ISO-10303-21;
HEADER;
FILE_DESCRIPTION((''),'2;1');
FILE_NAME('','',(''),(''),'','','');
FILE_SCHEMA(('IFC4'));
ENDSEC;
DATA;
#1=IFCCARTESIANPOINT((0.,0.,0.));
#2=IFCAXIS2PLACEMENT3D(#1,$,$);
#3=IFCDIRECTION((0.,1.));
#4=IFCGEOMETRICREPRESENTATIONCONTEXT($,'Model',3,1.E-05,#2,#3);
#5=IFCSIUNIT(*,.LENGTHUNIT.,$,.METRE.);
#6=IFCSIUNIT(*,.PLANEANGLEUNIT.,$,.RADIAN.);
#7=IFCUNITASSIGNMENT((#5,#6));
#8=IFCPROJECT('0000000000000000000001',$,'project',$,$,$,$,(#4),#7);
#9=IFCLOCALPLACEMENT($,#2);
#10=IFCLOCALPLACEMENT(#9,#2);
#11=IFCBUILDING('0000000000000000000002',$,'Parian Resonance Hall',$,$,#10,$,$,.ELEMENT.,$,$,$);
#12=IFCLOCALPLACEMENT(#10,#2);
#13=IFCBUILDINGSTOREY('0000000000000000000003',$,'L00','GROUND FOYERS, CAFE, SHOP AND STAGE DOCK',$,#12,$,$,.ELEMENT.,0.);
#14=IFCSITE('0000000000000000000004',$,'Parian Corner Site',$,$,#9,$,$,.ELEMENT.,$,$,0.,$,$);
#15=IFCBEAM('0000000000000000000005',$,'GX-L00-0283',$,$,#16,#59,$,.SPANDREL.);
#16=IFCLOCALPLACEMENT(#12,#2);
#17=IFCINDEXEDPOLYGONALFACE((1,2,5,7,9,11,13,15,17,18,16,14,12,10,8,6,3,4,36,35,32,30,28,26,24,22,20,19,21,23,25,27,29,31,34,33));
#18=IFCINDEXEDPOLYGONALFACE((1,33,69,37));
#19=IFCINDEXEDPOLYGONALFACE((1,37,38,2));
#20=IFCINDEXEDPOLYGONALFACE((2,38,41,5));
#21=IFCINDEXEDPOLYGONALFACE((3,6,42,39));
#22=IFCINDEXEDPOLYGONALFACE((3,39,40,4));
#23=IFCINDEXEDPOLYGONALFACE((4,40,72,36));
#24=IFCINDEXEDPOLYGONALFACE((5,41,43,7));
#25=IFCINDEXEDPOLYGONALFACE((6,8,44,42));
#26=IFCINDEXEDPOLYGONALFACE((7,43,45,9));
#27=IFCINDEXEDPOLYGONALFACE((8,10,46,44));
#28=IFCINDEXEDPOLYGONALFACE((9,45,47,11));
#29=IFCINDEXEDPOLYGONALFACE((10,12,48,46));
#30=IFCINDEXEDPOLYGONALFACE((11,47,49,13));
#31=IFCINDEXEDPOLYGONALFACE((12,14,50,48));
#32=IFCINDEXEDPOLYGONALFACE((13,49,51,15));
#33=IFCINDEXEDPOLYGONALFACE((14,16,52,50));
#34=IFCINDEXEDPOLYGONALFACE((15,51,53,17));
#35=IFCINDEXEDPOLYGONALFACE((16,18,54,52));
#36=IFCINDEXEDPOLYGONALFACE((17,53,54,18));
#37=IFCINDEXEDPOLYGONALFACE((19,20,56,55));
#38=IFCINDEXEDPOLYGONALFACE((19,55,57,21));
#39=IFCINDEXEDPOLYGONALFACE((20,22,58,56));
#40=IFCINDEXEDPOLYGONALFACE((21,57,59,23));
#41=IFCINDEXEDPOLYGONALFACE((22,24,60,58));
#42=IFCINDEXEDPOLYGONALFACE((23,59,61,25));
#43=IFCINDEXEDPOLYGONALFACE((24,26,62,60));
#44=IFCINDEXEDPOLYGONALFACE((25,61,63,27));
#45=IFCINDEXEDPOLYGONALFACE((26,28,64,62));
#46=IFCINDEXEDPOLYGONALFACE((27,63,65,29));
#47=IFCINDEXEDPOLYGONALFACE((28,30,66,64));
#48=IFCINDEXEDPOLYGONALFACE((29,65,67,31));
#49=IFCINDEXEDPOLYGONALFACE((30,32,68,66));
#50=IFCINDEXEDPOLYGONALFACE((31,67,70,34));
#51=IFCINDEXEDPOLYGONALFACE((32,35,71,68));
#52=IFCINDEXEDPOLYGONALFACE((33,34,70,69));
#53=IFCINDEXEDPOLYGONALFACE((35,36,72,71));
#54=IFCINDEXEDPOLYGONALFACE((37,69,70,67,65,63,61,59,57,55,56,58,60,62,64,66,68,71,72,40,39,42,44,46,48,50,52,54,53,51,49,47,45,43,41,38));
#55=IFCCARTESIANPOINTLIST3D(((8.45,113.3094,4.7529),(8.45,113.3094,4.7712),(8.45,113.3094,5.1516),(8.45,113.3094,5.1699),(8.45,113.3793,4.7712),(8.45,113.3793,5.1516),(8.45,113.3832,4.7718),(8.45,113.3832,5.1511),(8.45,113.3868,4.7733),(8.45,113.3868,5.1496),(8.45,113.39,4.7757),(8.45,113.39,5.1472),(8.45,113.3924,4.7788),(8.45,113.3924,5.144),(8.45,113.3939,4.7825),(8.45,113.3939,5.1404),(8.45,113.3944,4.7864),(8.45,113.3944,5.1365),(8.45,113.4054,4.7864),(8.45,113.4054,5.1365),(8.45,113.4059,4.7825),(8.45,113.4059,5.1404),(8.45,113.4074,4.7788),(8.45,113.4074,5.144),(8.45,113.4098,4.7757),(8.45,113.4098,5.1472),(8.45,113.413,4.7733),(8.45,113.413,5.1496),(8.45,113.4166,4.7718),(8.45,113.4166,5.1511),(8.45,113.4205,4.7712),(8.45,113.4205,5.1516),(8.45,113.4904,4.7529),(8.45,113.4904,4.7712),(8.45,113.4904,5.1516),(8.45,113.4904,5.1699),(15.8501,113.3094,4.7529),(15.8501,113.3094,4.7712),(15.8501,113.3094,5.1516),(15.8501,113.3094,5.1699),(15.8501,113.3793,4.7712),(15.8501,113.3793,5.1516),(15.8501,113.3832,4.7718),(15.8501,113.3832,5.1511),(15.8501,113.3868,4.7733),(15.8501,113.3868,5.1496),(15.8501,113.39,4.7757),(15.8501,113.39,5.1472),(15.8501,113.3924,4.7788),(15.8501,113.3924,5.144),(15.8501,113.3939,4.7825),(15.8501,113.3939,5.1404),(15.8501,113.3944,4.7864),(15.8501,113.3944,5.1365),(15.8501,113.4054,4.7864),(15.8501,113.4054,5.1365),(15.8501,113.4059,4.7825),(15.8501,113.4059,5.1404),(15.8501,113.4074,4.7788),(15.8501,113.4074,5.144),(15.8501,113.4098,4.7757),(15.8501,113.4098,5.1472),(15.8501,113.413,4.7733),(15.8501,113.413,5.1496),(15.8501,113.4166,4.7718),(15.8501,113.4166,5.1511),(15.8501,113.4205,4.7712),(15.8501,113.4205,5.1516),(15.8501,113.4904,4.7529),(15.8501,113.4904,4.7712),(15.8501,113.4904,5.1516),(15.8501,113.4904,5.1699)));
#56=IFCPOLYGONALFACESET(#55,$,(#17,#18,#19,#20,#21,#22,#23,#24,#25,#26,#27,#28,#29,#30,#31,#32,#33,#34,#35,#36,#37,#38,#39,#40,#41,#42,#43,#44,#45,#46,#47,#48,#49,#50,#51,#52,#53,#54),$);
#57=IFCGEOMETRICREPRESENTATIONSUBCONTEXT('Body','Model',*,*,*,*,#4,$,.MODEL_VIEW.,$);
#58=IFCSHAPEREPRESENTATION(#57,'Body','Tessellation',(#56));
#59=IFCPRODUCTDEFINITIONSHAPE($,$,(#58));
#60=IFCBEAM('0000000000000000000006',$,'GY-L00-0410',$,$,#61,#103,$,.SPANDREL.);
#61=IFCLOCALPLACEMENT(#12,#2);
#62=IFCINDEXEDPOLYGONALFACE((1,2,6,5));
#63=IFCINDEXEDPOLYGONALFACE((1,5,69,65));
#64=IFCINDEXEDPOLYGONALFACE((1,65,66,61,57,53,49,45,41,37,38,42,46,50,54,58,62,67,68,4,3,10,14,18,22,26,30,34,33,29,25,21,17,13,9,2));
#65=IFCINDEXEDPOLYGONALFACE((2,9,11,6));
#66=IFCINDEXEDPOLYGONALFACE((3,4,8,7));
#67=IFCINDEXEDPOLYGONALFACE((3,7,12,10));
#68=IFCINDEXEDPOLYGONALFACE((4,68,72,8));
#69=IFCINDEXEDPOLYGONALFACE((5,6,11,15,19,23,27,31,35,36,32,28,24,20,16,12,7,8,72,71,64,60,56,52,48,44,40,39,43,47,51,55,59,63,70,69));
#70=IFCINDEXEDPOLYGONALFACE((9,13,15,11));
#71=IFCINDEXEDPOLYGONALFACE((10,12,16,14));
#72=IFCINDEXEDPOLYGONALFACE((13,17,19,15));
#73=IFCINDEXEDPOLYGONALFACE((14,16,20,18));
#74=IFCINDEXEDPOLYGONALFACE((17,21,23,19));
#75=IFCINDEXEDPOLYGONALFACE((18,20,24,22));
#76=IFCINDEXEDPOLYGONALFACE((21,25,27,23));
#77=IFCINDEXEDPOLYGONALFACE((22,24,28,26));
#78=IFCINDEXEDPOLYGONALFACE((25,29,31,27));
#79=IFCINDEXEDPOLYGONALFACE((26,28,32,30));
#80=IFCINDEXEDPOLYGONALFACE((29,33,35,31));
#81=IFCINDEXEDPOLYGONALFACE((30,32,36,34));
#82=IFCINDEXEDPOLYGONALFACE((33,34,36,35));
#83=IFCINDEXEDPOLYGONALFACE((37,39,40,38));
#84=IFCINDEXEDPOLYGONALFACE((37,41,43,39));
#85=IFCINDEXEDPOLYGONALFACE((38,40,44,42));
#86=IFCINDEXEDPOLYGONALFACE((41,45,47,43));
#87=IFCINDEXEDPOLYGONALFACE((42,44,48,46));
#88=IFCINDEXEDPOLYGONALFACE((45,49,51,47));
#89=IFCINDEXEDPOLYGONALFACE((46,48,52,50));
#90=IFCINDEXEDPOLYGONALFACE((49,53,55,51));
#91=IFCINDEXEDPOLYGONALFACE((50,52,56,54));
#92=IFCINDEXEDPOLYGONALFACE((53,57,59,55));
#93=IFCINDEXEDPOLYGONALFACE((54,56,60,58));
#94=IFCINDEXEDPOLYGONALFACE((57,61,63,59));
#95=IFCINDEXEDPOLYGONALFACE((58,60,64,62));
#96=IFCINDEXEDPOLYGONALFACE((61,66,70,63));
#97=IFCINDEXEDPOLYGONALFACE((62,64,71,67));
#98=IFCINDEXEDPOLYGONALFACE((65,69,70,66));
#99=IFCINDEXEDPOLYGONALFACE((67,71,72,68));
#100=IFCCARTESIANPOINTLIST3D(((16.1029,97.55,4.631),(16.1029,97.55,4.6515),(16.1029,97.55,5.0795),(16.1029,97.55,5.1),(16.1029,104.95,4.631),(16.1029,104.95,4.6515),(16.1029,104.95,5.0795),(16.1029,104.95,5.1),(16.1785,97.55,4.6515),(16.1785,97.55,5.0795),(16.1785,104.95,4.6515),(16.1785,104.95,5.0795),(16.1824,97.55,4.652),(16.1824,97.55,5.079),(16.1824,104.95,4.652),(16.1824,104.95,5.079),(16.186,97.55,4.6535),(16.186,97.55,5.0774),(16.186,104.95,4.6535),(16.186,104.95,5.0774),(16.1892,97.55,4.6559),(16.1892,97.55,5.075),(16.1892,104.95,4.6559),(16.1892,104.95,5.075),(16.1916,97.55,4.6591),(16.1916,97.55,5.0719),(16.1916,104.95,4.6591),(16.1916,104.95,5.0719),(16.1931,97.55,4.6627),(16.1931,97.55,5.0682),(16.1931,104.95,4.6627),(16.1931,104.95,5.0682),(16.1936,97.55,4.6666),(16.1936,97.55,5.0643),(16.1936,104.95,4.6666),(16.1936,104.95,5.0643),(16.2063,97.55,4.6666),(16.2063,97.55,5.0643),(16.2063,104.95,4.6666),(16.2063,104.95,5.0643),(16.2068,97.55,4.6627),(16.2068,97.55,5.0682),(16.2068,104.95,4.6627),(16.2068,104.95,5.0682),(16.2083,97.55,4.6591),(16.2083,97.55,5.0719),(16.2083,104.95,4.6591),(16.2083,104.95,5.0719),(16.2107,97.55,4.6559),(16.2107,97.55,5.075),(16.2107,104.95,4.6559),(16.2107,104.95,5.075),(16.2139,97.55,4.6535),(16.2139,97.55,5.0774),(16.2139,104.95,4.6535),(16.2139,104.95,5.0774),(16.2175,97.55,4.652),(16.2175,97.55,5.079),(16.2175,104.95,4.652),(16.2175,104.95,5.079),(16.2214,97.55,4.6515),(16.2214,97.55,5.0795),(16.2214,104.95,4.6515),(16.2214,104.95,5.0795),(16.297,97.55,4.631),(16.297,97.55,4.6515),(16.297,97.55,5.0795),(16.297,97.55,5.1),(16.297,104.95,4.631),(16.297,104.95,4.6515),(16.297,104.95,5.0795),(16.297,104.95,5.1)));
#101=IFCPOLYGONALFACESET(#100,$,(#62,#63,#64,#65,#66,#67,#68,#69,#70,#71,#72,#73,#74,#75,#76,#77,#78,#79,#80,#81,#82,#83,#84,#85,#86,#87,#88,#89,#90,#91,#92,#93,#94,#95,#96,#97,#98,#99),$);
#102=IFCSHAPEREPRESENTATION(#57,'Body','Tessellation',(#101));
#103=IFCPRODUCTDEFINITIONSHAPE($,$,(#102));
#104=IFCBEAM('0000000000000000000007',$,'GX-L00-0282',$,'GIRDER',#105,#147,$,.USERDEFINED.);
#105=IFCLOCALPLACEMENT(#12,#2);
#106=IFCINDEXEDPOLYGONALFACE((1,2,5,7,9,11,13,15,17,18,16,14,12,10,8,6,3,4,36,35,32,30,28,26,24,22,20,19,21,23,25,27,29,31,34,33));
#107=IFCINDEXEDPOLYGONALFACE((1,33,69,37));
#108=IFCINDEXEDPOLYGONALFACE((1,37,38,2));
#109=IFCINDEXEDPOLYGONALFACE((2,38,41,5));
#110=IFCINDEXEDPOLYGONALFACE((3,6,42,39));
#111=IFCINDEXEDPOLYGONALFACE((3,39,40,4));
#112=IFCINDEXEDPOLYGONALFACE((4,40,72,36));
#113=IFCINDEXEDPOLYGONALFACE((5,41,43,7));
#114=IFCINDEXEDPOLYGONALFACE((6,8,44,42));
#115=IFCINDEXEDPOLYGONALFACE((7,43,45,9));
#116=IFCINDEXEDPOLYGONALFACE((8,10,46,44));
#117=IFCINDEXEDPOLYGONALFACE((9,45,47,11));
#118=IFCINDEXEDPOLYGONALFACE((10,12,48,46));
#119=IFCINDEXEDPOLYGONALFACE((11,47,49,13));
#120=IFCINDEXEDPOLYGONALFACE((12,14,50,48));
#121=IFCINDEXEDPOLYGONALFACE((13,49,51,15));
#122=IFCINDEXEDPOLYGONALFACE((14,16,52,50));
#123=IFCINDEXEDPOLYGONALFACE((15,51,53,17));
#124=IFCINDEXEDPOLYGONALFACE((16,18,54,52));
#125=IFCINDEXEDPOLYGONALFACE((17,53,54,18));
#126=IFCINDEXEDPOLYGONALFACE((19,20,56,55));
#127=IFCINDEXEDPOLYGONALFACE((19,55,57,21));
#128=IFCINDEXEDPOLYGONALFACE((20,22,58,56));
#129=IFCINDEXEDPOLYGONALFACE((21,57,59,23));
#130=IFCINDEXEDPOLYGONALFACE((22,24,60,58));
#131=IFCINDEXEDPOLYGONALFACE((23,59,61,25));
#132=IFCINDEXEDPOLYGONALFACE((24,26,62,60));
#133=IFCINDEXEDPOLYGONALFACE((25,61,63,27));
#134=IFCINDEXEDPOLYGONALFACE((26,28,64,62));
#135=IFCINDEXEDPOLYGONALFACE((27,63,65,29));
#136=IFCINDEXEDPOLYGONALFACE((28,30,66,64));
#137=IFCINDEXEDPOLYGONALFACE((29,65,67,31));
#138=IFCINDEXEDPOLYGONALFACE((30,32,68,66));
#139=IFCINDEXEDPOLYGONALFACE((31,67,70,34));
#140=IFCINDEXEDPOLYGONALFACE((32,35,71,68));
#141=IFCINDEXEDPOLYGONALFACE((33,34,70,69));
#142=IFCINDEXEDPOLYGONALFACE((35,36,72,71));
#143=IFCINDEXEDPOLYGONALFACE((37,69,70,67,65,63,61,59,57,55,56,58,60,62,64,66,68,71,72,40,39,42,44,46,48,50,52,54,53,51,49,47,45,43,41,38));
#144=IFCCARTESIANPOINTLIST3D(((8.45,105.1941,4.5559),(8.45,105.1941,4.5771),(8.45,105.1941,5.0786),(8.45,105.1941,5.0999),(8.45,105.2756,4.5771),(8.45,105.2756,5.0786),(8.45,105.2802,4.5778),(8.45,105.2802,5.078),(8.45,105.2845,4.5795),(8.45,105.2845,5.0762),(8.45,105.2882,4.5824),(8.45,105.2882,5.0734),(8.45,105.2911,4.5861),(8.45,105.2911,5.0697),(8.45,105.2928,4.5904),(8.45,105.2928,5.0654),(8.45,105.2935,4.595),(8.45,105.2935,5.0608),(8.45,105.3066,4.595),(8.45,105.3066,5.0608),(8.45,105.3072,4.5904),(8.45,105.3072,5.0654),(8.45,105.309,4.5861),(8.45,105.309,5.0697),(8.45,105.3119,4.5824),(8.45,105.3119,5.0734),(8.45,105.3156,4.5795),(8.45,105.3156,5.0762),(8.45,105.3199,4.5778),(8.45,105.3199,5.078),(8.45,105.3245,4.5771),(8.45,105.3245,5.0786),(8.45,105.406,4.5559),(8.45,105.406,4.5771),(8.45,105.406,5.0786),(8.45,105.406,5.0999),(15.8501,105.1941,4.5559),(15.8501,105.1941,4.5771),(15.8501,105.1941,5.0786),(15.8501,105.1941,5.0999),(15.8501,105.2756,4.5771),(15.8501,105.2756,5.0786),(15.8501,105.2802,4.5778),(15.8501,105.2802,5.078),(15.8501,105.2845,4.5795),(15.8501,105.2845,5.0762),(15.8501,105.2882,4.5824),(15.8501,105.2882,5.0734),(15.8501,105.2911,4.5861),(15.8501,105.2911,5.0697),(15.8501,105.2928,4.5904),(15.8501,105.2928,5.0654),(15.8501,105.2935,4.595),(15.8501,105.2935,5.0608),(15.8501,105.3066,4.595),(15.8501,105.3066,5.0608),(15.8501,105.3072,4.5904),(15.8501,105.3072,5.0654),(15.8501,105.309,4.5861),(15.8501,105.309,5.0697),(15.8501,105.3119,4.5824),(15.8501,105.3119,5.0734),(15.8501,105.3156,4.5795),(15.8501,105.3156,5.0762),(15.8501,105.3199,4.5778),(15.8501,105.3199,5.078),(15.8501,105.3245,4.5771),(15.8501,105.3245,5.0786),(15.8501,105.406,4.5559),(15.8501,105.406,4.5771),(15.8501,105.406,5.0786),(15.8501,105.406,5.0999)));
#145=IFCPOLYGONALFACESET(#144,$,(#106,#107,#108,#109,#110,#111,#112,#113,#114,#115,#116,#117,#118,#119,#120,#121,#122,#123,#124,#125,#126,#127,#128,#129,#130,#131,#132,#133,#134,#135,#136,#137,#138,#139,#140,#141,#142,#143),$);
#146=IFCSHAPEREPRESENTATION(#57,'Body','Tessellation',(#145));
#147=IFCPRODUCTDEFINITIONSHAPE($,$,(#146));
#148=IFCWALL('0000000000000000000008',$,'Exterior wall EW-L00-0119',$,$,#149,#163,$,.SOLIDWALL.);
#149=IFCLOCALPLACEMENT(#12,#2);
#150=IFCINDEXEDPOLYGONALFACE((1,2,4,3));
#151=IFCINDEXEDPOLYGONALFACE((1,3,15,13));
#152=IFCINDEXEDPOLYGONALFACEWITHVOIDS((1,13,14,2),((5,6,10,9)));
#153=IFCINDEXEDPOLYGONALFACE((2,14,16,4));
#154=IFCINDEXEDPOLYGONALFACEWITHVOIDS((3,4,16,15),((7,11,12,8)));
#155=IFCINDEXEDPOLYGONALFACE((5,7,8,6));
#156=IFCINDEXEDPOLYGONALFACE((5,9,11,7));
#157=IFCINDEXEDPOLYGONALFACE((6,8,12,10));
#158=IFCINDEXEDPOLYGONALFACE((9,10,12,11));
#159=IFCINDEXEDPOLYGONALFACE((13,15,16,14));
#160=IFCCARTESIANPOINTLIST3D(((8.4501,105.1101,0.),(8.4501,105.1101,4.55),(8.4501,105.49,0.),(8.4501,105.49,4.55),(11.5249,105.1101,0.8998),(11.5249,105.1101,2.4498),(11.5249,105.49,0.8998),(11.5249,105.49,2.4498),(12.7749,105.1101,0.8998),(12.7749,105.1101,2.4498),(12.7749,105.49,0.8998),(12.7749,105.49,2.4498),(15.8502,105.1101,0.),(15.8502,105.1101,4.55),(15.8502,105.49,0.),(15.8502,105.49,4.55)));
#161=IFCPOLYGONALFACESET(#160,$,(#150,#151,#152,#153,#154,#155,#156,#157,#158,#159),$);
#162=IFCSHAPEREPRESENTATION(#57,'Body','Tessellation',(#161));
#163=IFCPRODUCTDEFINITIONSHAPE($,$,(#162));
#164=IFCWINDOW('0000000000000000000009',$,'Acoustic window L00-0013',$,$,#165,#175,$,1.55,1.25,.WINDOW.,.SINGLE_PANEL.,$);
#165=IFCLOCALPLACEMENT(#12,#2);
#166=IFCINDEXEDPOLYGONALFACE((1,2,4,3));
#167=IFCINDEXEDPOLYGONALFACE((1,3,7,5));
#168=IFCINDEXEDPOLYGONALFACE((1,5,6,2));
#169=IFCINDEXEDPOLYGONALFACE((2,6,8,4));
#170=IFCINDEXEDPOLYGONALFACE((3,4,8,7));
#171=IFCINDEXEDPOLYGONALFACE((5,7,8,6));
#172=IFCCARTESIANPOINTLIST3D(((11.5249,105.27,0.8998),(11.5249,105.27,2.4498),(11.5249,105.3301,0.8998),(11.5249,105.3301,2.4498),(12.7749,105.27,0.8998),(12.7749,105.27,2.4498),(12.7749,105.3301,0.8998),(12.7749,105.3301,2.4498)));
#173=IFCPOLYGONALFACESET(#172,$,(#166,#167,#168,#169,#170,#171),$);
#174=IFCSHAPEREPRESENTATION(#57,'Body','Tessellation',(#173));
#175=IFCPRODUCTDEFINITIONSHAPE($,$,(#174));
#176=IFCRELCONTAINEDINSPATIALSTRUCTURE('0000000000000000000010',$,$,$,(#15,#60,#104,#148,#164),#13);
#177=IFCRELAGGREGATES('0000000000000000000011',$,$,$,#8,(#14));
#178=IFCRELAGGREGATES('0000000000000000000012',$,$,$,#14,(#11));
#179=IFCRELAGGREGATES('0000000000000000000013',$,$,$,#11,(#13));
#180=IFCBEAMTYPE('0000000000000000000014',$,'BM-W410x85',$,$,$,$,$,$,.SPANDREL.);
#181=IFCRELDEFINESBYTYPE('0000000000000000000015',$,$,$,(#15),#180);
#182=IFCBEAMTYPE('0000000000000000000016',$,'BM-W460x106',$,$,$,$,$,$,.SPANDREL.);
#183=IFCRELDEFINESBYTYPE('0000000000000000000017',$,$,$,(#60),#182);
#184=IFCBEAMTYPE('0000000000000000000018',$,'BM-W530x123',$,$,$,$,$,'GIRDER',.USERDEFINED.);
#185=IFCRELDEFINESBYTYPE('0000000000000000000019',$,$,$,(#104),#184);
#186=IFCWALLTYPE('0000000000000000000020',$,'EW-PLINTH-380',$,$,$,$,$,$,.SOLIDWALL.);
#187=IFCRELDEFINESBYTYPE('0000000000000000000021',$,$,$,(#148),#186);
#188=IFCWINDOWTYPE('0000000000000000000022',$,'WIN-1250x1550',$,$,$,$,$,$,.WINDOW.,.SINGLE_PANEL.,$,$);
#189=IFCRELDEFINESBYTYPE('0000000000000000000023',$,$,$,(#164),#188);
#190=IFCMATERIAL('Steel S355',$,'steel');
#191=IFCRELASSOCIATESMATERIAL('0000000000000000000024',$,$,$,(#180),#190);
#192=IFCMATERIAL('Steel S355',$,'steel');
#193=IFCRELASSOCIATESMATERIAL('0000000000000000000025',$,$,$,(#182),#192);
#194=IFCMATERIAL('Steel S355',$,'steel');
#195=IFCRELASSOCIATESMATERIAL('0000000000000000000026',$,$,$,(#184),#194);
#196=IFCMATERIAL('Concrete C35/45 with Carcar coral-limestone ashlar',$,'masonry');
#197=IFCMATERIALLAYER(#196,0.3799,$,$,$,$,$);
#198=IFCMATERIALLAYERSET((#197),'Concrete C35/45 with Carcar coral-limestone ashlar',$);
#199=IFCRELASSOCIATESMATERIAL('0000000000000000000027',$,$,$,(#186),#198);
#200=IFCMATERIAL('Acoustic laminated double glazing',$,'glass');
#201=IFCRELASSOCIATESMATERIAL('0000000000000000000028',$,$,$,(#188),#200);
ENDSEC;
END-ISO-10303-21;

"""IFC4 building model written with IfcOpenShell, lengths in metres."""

from ifc_helpers import new_model, si_unit, direction, frame, frame_2d, origin, origin_2d, place, context, subcontext, project, spatial, rectangle, i_section, extrude, material, layer, layer_set, material_profile, profile_set, type_object, element, fill, save


model = new_model("IFC4")

# Units and contexts
model_context = context("Model", 3, precision=1e-05, world=origin(), true_north=direction((0.0, 1.0)))
body_context = subcontext(model_context, "Body", "Model", "MODEL_VIEW")
ifc_project = project(units=[si_unit("LENGTHUNIT", "METRE"), si_unit("PLANEANGLEUNIT", "RADIAN")], contexts=[model_context])

# Site, building, storey
site_placement = place(None, origin())
site = spatial("IfcSite", under=ifc_project, at=site_placement, Name="Parian Corner Site", CompositionType="ELEMENT", RefElevation=0.0)
building_placement = place(site_placement, origin())
building = spatial("IfcBuilding", under=site, at=building_placement, Name="Parian Resonance Hall", CompositionType="ELEMENT")
storey_placement = place(building_placement, origin())
storey = spatial("IfcBuildingStorey", under=building, at=storey_placement, Name="L00", Description="GROUND FOYERS, CAFE, SHOP AND STAGE DOCK", CompositionType="ELEMENT", Elevation=0.0)

# Beams
ifc_material_1 = material(Name="Steel S355", Category="steel")
ifc_material_profile_1 = material_profile(ifc_material_1, i_section(OverallWidth=0.1809, OverallDepth=0.417, WebThickness=0.011, FlangeThickness=0.0183, FilletRadius=0.0151, at=origin_2d()), Name="W410x85")
ifc_profile_set_1 = profile_set([ifc_material_profile_1], Name="Steel S355")
beam_type_1 = type_object("IfcBeamType", Name="BM-W410x85", PredefinedType="SPANDREL", material=ifc_profile_set_1)
beam_1_placement = place(storey_placement, frame((8.45, 113.3999, 4.9614), z_axis=(1.0, 0.0, 0.0), x_axis=(0.0, 1.0, 0.0)))
element("IfcBeam", 1, at=beam_1_placement, inside=storey, type_object=beam_type_1, Name="GX-L00-0283", PredefinedType="SPANDREL", context=body_context, shape_type="SweptSolid", body=[
    extrude(i_section(OverallWidth=0.1809, OverallDepth=0.417, WebThickness=0.011, FlangeThickness=0.0183, FilletRadius=0.0151, at=origin_2d()), origin(), (0.0, 0.0, 1.0), 7.4001),
])
ifc_material_2 = material(Name="Steel S355", Category="steel")
ifc_material_profile_2 = material_profile(ifc_material_2, i_section(OverallWidth=0.1941, OverallDepth=0.469, WebThickness=0.0127, FlangeThickness=0.0205, FilletRadius=0.0151, at=origin_2d()), Name="W460x106")
ifc_profile_set_2 = profile_set([ifc_material_profile_2], Name="Steel S355")
beam_type_2 = type_object("IfcBeamType", Name="BM-W460x106", PredefinedType="SPANDREL", material=ifc_profile_set_2)
beam_2_placement = place(storey_placement, frame((16.2, 97.55, 4.8655), z_axis=(0.0, 1.0, 0.0), x_axis=(-1.0, 0.0, 0.0)))
element("IfcBeam", 2, at=beam_2_placement, inside=storey, type_object=beam_type_2, Name="GY-L00-0410", PredefinedType="SPANDREL", context=body_context, shape_type="SweptSolid", body=[
    extrude(i_section(OverallWidth=0.1941, OverallDepth=0.469, WebThickness=0.0127, FlangeThickness=0.0205, FilletRadius=0.0151, at=origin_2d()), origin(), (0.0, 0.0, 1.0), 7.3999),
])
ifc_material_3 = material(Name="Steel S355", Category="steel")
ifc_material_profile_3 = material_profile(ifc_material_3, i_section(OverallWidth=0.2119, OverallDepth=0.5439, WebThickness=0.0132, FlangeThickness=0.0212, FilletRadius=0.0178, at=origin_2d()), Name="W530x123")
ifc_profile_set_3 = profile_set([ifc_material_profile_3], Name="Steel S355")
beam_type_3 = type_object("IfcBeamType", Name="BM-W530x123", ElementType="GIRDER", PredefinedType="USERDEFINED", material=ifc_profile_set_3)
beam_3_placement = place(storey_placement, frame((8.45, 105.3, 4.8279), z_axis=(1.0, 0.0, 0.0), x_axis=(0.0, 1.0, 0.0)))
element("IfcBeam", 3, at=beam_3_placement, inside=storey, type_object=beam_type_3, Name="GX-L00-0282", ObjectType="GIRDER", PredefinedType="USERDEFINED", context=body_context, shape_type="SweptSolid", body=[
    extrude(i_section(OverallWidth=0.2119, OverallDepth=0.5439, WebThickness=0.0132, FlangeThickness=0.0212, FilletRadius=0.0178, at=origin_2d()), origin(), (0.0, 0.0, 1.0), 7.4001),
])

# Wall, opening, window
ifc_material_4 = material(Name="Concrete C35/45 with Carcar coral-limestone ashlar", Category="masonry")
ifc_layer_1 = layer(ifc_material_4, 0.3799)
ifc_layer_set_1 = layer_set([ifc_layer_1], Name="Concrete C35/45 with Carcar coral-limestone ashlar")
wall_type_1 = type_object("IfcWallType", Name="EW-PLINTH-380", PredefinedType="SOLIDWALL", material=ifc_layer_set_1)
wall_1_placement = place(storey_placement, frame((8.45, 105.3, 0.0), z_axis=(0.0, 0.0, 1.0), x_axis=(1.0, 0.0, 0.0)))
wall_1 = element("IfcWall", 4, at=wall_1_placement, inside=storey, type_object=wall_type_1, Name="Exterior wall EW-L00-0119", PredefinedType="SOLIDWALL", context=body_context, shape_type="SweptSolid", body=[
    extrude(rectangle(XDim=7.4001, YDim=0.3799, at=frame_2d((3.7002, 0.0))), origin(), (0.0, 0.0, 1.0), 4.55),
])
opening_1_placement = place(wall_1_placement, frame((3.075, 0.0, 0.8999)))
opening_1 = element("IfcOpeningElement", 5, at=opening_1_placement, cuts=wall_1, PredefinedType="OPENING", context=body_context, shape_type="SweptSolid", body=[
    extrude(rectangle(XDim=1.25, YDim=1.55, at=frame_2d((0.625, 0.7749))), frame((0.0, 0.2, 0.0), z_axis=(0.0, -1.0, 0.0), x_axis=(1.0, 0.0, 0.0)), (0.0, 0.0, 1.0), 0.3999),
])
ifc_material_5 = material(Name="Acoustic laminated double glazing", Category="glass")
window_type_1 = type_object("IfcWindowType", Name="WIN-1250x1550", PartitioningType="SINGLE_PANEL", PredefinedType="WINDOW", material=ifc_material_5)
window_1_placement = place(opening_1_placement, origin())
window_1 = element("IfcWindow", 6, at=window_1_placement, inside=storey, type_object=window_type_1, Name="Acoustic window L00-0013", OverallHeight=1.55, OverallWidth=1.25, PartitioningType="SINGLE_PANEL", PredefinedType="WINDOW", context=body_context, shape_type="SweptSolid", body=[
    extrude(rectangle(XDim=1.25, YDim=1.55, at=frame_2d((0.625, 0.7749))), frame((0.0, 0.03, 0.0), z_axis=(0.0, -1.0, 0.0), x_axis=(1.0, 0.0, 0.0)), (0.0, 0.0, 1.0), 0.0601),
])
fill(opening_1, window_1)

save(model, "model.ifc")
